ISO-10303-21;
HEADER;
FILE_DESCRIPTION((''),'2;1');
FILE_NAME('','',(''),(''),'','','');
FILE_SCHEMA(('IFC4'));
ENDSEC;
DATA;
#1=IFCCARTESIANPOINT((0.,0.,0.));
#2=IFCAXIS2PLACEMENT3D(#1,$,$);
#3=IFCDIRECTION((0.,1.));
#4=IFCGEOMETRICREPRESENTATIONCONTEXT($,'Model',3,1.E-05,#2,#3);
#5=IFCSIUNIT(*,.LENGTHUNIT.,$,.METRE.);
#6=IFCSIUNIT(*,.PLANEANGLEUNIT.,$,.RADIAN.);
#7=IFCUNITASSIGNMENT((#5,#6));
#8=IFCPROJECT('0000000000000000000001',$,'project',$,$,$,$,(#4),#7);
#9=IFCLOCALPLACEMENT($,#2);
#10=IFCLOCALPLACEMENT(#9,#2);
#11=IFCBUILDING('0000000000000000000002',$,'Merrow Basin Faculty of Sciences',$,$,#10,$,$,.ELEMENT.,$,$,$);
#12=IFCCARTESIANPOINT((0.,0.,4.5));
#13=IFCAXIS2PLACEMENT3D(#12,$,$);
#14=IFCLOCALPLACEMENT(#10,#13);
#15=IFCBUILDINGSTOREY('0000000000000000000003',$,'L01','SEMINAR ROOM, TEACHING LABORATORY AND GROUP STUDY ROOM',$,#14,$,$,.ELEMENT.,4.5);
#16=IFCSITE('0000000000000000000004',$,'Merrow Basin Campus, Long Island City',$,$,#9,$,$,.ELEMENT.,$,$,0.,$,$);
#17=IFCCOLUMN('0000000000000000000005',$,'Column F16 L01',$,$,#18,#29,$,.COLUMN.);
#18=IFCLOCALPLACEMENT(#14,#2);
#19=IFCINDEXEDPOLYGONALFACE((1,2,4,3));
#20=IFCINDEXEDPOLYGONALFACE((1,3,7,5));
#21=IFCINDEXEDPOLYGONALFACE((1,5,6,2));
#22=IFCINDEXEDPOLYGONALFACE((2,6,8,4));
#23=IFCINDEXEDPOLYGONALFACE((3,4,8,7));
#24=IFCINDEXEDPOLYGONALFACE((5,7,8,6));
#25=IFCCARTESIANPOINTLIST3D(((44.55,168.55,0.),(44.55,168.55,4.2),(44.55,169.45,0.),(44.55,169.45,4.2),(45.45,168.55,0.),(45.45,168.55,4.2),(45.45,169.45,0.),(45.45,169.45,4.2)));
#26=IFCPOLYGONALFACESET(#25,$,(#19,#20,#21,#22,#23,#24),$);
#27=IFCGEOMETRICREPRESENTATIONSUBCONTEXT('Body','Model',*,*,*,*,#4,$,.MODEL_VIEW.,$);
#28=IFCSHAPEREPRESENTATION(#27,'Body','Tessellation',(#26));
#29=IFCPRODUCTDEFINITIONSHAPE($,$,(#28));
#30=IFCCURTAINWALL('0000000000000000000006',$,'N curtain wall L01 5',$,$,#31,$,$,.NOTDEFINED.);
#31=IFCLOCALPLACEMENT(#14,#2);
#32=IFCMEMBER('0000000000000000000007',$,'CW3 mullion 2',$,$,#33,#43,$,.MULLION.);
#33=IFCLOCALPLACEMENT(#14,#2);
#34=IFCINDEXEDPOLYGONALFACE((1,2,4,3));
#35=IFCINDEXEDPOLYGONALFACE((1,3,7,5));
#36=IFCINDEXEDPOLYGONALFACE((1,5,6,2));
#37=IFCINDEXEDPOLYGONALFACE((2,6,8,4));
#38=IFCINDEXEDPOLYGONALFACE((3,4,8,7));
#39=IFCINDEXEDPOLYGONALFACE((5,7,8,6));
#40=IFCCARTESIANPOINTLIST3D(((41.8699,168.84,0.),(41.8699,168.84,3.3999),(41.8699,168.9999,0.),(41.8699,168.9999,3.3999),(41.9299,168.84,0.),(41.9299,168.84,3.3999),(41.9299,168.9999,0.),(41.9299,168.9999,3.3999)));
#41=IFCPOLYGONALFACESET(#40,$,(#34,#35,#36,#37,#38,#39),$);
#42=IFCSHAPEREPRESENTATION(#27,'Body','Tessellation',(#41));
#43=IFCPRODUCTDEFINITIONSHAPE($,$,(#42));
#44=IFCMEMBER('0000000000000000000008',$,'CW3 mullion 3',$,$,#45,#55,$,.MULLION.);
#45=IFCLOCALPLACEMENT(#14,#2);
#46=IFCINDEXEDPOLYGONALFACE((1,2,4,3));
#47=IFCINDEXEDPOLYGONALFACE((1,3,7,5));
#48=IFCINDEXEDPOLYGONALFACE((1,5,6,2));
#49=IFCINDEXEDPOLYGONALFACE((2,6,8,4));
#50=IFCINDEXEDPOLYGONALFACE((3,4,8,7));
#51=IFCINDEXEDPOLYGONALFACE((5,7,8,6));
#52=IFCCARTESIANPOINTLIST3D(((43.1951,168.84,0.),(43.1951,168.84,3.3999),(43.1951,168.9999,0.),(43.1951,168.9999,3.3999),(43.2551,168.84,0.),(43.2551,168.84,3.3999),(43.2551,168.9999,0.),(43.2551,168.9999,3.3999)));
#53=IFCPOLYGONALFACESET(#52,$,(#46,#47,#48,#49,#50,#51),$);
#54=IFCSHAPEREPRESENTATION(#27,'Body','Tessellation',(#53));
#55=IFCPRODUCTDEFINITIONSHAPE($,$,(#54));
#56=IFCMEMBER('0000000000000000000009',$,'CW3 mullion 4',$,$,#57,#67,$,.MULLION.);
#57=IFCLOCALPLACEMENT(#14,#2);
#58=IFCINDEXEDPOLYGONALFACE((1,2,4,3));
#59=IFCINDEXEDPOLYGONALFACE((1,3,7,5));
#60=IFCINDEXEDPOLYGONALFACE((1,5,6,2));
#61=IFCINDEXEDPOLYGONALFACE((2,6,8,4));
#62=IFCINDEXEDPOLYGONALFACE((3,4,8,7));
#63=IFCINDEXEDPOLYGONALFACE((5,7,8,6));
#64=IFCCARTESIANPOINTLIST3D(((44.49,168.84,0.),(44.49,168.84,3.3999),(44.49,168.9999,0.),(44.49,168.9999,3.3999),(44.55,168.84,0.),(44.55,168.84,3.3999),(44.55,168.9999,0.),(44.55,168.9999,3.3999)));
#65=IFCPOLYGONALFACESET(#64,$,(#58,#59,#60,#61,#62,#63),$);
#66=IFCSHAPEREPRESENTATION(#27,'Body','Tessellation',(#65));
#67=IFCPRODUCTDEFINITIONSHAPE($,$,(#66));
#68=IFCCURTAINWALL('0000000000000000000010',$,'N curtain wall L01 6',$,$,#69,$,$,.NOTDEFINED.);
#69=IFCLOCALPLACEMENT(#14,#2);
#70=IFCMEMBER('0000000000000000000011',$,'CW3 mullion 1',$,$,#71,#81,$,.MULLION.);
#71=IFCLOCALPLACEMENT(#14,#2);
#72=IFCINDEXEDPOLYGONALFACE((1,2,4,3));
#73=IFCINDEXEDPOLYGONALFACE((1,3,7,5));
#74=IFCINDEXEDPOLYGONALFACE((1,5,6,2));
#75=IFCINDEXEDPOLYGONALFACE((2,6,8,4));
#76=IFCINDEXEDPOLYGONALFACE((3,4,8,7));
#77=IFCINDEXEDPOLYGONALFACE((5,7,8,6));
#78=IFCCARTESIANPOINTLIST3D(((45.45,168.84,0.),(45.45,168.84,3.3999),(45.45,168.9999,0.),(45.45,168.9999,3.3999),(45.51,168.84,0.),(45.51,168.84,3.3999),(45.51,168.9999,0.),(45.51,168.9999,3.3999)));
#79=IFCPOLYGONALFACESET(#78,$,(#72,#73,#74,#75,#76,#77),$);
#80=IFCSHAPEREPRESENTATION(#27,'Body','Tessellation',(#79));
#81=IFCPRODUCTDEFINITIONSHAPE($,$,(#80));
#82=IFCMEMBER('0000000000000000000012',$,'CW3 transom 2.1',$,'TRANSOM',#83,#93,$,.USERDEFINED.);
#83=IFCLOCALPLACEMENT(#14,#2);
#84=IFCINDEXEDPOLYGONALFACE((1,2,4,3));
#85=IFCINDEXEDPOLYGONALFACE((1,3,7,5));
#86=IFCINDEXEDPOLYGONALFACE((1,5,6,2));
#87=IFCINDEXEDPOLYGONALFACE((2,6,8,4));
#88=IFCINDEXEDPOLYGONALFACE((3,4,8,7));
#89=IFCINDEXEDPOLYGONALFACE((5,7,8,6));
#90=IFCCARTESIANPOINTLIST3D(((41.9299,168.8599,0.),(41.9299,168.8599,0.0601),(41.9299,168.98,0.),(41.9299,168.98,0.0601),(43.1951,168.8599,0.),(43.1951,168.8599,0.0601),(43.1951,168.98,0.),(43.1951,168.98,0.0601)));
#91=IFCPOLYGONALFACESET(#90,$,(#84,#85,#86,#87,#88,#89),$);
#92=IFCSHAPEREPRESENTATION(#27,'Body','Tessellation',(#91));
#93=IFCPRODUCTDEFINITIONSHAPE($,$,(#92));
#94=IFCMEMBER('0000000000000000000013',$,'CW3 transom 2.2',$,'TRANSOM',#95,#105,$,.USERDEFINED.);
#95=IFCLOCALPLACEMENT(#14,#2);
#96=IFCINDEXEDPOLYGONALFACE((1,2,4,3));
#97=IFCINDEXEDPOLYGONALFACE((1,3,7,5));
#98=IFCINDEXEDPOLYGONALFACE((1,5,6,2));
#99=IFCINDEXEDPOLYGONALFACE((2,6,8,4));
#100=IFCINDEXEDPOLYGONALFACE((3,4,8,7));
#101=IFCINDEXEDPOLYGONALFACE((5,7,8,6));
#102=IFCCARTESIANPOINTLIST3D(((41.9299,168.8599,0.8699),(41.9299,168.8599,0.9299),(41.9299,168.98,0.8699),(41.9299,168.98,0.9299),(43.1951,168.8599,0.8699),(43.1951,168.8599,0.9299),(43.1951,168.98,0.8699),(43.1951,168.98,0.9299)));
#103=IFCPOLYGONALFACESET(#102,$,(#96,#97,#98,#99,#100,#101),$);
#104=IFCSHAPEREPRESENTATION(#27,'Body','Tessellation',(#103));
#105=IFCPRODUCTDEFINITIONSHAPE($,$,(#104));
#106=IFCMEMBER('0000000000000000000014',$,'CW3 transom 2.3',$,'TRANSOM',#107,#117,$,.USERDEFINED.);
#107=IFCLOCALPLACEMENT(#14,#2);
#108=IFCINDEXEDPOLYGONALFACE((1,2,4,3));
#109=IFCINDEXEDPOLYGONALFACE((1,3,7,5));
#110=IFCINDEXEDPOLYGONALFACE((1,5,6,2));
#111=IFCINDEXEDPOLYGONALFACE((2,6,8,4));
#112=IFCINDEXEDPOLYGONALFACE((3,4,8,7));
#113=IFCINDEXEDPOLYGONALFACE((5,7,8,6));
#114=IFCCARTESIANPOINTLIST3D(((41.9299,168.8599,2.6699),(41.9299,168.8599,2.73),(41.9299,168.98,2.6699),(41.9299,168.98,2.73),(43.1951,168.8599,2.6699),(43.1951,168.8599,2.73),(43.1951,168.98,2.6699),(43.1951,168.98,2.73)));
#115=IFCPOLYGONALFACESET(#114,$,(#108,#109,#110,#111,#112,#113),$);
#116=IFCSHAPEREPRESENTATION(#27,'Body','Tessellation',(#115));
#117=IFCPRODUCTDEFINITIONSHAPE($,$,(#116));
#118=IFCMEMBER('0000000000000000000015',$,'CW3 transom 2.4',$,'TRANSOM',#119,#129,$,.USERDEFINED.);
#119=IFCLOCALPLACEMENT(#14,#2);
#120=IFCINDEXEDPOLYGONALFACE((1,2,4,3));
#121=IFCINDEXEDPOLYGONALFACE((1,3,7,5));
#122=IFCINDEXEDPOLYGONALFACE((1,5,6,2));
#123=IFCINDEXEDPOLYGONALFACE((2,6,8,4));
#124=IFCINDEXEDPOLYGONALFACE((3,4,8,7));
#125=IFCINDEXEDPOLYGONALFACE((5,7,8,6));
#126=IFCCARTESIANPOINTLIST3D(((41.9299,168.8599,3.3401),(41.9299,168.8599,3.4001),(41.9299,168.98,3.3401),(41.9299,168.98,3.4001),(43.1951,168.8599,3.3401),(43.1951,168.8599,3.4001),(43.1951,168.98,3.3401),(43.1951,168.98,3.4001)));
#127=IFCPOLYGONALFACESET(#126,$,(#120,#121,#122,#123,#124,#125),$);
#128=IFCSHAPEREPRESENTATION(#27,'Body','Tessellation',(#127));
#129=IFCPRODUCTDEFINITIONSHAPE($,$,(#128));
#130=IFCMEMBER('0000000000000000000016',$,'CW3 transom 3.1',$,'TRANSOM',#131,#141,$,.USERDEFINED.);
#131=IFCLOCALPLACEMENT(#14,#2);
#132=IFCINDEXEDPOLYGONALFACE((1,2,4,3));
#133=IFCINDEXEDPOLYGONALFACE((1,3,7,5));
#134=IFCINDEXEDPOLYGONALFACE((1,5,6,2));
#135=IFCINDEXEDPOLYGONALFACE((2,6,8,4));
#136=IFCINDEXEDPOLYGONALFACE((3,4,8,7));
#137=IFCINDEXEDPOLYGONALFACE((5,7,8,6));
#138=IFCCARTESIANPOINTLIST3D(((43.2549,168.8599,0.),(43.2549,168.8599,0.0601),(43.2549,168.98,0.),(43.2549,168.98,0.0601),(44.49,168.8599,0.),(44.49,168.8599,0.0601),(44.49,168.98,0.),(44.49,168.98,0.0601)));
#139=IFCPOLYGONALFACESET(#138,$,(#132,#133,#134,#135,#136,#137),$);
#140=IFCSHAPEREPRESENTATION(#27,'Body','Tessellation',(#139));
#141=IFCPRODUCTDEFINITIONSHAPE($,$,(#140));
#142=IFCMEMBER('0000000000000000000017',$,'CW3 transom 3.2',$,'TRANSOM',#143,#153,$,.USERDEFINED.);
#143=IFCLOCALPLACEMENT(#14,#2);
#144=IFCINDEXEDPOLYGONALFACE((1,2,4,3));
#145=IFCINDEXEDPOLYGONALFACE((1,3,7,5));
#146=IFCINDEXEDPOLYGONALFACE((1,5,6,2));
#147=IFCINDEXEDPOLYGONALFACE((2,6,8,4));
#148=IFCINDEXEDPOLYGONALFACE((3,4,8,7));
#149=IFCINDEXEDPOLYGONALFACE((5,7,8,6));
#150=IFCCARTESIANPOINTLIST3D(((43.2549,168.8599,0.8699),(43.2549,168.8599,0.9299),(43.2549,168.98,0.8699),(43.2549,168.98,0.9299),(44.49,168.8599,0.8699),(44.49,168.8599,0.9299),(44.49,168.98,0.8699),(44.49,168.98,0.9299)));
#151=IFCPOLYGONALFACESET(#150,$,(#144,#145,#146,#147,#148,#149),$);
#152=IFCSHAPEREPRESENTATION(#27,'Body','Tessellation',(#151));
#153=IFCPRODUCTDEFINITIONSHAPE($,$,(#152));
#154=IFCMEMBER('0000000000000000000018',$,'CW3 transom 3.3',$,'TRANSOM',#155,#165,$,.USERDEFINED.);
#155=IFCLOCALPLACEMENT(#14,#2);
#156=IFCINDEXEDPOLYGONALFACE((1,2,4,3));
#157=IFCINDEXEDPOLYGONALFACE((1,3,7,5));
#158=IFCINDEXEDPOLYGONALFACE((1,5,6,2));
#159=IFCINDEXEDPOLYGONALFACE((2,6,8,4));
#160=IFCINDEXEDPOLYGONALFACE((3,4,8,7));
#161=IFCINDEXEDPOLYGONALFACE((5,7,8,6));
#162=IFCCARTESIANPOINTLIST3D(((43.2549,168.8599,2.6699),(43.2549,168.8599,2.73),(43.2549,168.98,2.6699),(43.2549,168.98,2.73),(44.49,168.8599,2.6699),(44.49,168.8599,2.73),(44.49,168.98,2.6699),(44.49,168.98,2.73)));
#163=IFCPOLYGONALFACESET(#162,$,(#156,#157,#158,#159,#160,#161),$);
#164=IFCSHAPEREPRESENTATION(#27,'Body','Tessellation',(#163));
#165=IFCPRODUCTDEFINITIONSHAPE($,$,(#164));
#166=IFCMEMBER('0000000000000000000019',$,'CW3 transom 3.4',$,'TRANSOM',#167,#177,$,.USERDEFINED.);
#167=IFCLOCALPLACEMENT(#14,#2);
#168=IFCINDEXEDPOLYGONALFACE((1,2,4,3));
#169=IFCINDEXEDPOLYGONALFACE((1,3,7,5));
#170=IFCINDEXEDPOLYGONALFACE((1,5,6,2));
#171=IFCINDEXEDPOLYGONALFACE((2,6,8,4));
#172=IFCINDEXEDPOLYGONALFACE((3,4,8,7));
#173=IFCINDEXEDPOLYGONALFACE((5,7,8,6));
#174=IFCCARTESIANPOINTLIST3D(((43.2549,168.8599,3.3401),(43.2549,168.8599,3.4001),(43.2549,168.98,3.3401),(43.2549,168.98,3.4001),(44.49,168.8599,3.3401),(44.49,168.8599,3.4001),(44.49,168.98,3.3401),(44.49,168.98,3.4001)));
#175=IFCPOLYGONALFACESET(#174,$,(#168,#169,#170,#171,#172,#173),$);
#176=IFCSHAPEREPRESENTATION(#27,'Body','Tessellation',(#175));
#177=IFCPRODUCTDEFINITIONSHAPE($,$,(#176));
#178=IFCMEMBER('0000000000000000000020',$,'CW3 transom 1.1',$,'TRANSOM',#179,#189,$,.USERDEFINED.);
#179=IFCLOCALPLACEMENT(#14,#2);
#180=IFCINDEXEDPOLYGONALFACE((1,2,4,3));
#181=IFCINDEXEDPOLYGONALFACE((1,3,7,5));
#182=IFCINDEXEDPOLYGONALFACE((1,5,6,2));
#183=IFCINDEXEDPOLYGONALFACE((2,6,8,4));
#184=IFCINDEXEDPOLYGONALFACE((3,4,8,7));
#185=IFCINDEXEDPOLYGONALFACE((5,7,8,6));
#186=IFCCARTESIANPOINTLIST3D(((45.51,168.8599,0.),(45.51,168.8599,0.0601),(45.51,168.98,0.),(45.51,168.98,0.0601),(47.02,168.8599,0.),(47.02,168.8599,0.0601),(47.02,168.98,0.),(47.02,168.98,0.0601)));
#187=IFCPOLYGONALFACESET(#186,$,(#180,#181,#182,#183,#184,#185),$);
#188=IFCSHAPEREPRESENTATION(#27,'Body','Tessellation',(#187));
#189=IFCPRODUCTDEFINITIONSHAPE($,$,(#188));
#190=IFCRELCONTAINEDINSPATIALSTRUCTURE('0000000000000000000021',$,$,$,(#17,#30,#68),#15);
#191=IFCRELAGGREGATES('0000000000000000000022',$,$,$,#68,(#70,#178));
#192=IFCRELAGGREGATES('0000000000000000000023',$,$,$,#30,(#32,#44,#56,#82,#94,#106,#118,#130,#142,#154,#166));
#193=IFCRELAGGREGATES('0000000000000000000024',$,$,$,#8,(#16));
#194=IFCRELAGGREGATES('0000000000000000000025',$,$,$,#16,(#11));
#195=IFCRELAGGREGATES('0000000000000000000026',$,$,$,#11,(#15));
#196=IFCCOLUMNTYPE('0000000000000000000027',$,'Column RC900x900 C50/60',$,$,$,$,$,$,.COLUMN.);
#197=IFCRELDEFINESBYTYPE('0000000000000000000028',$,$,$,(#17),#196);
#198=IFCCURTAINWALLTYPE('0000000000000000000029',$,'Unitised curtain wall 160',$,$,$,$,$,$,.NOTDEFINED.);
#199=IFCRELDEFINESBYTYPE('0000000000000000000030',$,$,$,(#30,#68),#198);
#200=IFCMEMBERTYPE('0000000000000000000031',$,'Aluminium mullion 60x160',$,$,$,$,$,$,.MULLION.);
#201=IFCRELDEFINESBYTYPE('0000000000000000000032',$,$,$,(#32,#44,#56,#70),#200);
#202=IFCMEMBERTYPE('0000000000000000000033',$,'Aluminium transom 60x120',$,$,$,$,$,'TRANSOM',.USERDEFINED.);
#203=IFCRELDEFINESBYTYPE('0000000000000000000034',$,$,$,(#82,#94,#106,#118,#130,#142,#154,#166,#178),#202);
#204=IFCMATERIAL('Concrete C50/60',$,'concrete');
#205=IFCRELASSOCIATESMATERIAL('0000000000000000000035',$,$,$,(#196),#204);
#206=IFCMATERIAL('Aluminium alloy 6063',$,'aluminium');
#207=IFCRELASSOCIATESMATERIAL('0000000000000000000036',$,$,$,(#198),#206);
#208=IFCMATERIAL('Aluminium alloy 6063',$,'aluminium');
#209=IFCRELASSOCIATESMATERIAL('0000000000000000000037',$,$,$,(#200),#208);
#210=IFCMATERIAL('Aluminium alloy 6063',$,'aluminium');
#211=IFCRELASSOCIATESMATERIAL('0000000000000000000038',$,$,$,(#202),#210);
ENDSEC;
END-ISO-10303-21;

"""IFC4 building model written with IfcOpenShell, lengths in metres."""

from ifc_helpers import new_model, si_unit, direction, frame, origin, origin_2d, place, context, subcontext, project, spatial, rectangle, extrude, material, material_profile, profile_set, type_object, element, aggregate, save


model = new_model("IFC4")

# Units and contexts
model_context = context("Model", 3, precision=1e-05, world=origin(), true_north=direction((0.0, 1.0)))
body_context = subcontext(model_context, "Body", "Model", "MODEL_VIEW")
ifc_project = project(units=[si_unit("LENGTHUNIT", "METRE"), si_unit("PLANEANGLEUNIT", "RADIAN")], contexts=[model_context])

# Site, building, storey
site_placement = place(None, origin())
site = spatial("IfcSite", under=ifc_project, at=site_placement, Name="Merrow Basin Campus, Long Island City", CompositionType="ELEMENT", RefElevation=0.0)
building_placement = place(site_placement, origin())
building = spatial("IfcBuilding", under=site, at=building_placement, Name="Merrow Basin Faculty of Sciences", CompositionType="ELEMENT")
storey_placement = place(building_placement, frame((0.0, 0.0, 4.5)))
storey = spatial("IfcBuildingStorey", under=building, at=storey_placement, Name="L01", Description="SEMINAR ROOM, TEACHING LABORATORY AND GROUP STUDY ROOM", CompositionType="ELEMENT", Elevation=4.5)

# Column
ifc_material_1 = material(Name="Concrete C50/60", Category="concrete")
ifc_material_profile_1 = material_profile(ifc_material_1, rectangle(XDim=0.8999, YDim=0.8999, at=origin_2d()))
ifc_profile_set_1 = profile_set([ifc_material_profile_1], Name="Concrete C50/60")
column_type = type_object("IfcColumnType", Name="Column RC900x900 C50/60", PredefinedType="COLUMN", material=ifc_profile_set_1)
column_placement = place(storey_placement, frame((45.0, 169.0, 0.0), z_axis=(0.0, 0.0, 1.0), x_axis=(1.0, 0.0, 0.0)))
element("IfcColumn", 1, at=column_placement, inside=storey, type_object=column_type, Name="Column F16 L01", PredefinedType="COLUMN", context=body_context, shape_type="SweptSolid", body=[
    extrude(rectangle(XDim=0.8999, YDim=0.8999, at=origin_2d()), origin(), (0.0, 0.0, 1.0), 4.2),
])

# Curtain wall, members
ifc_material_2 = material(Name="Aluminium alloy 6063", Category="aluminium")
curtain_wall_type = type_object("IfcCurtainWallType", Name="Unitised curtain wall 160", PredefinedType="NOTDEFINED", material=ifc_material_2)
curtain_wall_1_placement = place(storey_placement, origin())
curtain_wall_1 = element("IfcCurtainWall", 2, at=curtain_wall_1_placement, inside=storey, type_object=curtain_wall_type, Name="N curtain wall L01 5", PredefinedType="NOTDEFINED")
ifc_material_3 = material(Name="Aluminium alloy 6063", Category="aluminium")
ifc_material_profile_2 = material_profile(ifc_material_3, rectangle(XDim=0.1599, YDim=0.0601, at=origin_2d()))
ifc_profile_set_2 = profile_set([ifc_material_profile_2], Name="Aluminium alloy 6063")
member_type_1 = type_object("IfcMemberType", Name="Aluminium mullion 60x160", PredefinedType="MULLION", material=ifc_profile_set_2)
member_1_placement = place(storey_placement, frame((41.8999, 168.9199, 0.0), z_axis=(0.0, 0.0, 1.0), x_axis=(0.0, 1.0, 0.0)))
member_1 = element("IfcMember", 3, at=member_1_placement, type_object=member_type_1, Name="CW3 mullion 2", PredefinedType="MULLION", context=body_context, shape_type="SweptSolid", body=[
    extrude(rectangle(XDim=0.1599, YDim=0.0601, at=origin_2d()), origin(), (0.0, 0.0, 1.0), 3.3999),
])
member_2_placement = place(storey_placement, frame((43.2251, 168.9199, 0.0), z_axis=(0.0, 0.0, 1.0), x_axis=(0.0, 1.0, 0.0)))
member_2 = element("IfcMember", 4, at=member_2_placement, type_object=member_type_1, Name="CW3 mullion 3", PredefinedType="MULLION", context=body_context, shape_type="SweptSolid", body=[
    extrude(rectangle(XDim=0.1599, YDim=0.0601, at=origin_2d()), origin(), (0.0, 0.0, 1.0), 3.3999),
])
member_3_placement = place(storey_placement, frame((44.52, 168.9199, 0.0), z_axis=(0.0, 0.0, 1.0), x_axis=(0.0, 1.0, 0.0)))
member_3 = element("IfcMember", 5, at=member_3_placement, type_object=member_type_1, Name="CW3 mullion 4", PredefinedType="MULLION", context=body_context, shape_type="SweptSolid", body=[
    extrude(rectangle(XDim=0.1599, YDim=0.0601, at=origin_2d()), origin(), (0.0, 0.0, 1.0), 3.3999),
])

# Curtain wall, member
curtain_wall_2_placement = place(storey_placement, origin())
curtain_wall_2 = element("IfcCurtainWall", 6, at=curtain_wall_2_placement, inside=storey, type_object=curtain_wall_type, Name="N curtain wall L01 6", PredefinedType="NOTDEFINED")
member_4_placement = place(storey_placement, frame((45.48, 168.9199, 0.0), z_axis=(0.0, 0.0, 1.0), x_axis=(0.0, 1.0, 0.0)))
member_4 = element("IfcMember", 7, at=member_4_placement, type_object=member_type_1, Name="CW3 mullion 1", PredefinedType="MULLION", context=body_context, shape_type="SweptSolid", body=[
    extrude(rectangle(XDim=0.1599, YDim=0.0601, at=origin_2d()), origin(), (0.0, 0.0, 1.0), 3.3999),
])

# Members
ifc_material_4 = material(Name="Aluminium alloy 6063", Category="aluminium")
ifc_material_profile_3 = material_profile(ifc_material_4, rectangle(XDim=0.1201, YDim=0.0601, at=origin_2d()))
ifc_profile_set_3 = profile_set([ifc_material_profile_3], Name="Aluminium alloy 6063")
member_type_2 = type_object("IfcMemberType", Name="Aluminium transom 60x120", ElementType="TRANSOM", PredefinedType="USERDEFINED", material=ifc_profile_set_3)
member_5_placement = place(storey_placement, frame((41.9299, 168.9199, 0.03), z_axis=(1.0, 0.0, 0.0), x_axis=(0.0, 1.0, 0.0)))
member_5 = element("IfcMember", 8, at=member_5_placement, type_object=member_type_2, Name="CW3 transom 2.1", ObjectType="TRANSOM", PredefinedType="USERDEFINED", context=body_context, shape_type="SweptSolid", body=[
    extrude(rectangle(XDim=0.1201, YDim=0.0601, at=origin_2d()), origin(), (0.0, 0.0, 1.0), 1.2651),
])
member_6_placement = place(storey_placement, frame((41.9299, 168.9199, 0.8999), z_axis=(1.0, 0.0, 0.0), x_axis=(0.0, 1.0, 0.0)))
member_6 = element("IfcMember", 9, at=member_6_placement, type_object=member_type_2, Name="CW3 transom 2.2", ObjectType="TRANSOM", PredefinedType="USERDEFINED", context=body_context, shape_type="SweptSolid", body=[
    extrude(rectangle(XDim=0.1201, YDim=0.0601, at=origin_2d()), origin(), (0.0, 0.0, 1.0), 1.2651),
])
member_7_placement = place(storey_placement, frame((41.9299, 168.9199, 2.7), z_axis=(1.0, 0.0, 0.0), x_axis=(0.0, 1.0, 0.0)))
member_7 = element("IfcMember", 10, at=member_7_placement, type_object=member_type_2, Name="CW3 transom 2.3", ObjectType="TRANSOM", PredefinedType="USERDEFINED", context=body_context, shape_type="SweptSolid", body=[
    extrude(rectangle(XDim=0.1201, YDim=0.0601, at=origin_2d()), origin(), (0.0, 0.0, 1.0), 1.2651),
])
member_8_placement = place(storey_placement, frame((41.9299, 168.9199, 3.3701), z_axis=(1.0, 0.0, 0.0), x_axis=(0.0, 1.0, 0.0)))
member_8 = element("IfcMember", 11, at=member_8_placement, type_object=member_type_2, Name="CW3 transom 2.4", ObjectType="TRANSOM", PredefinedType="USERDEFINED", context=body_context, shape_type="SweptSolid", body=[
    extrude(rectangle(XDim=0.1201, YDim=0.0601, at=origin_2d()), origin(), (0.0, 0.0, 1.0), 1.2651),
])
member_9_placement = place(storey_placement, frame((43.2549, 168.9199, 0.03), z_axis=(1.0, 0.0, 0.0), x_axis=(0.0, 1.0, 0.0)))
member_9 = element("IfcMember", 12, at=member_9_placement, type_object=member_type_2, Name="CW3 transom 3.1", ObjectType="TRANSOM", PredefinedType="USERDEFINED", context=body_context, shape_type="SweptSolid", body=[
    extrude(rectangle(XDim=0.1201, YDim=0.0601, at=origin_2d()), origin(), (0.0, 0.0, 1.0), 1.2351),
])
member_10_placement = place(storey_placement, frame((43.2549, 168.9199, 0.8999), z_axis=(1.0, 0.0, 0.0), x_axis=(0.0, 1.0, 0.0)))
member_10 = element("IfcMember", 13, at=member_10_placement, type_object=member_type_2, Name="CW3 transom 3.2", ObjectType="TRANSOM", PredefinedType="USERDEFINED", context=body_context, shape_type="SweptSolid", body=[
    extrude(rectangle(XDim=0.1201, YDim=0.0601, at=origin_2d()), origin(), (0.0, 0.0, 1.0), 1.2351),
])
member_11_placement = place(storey_placement, frame((43.2549, 168.9199, 2.7), z_axis=(1.0, 0.0, 0.0), x_axis=(0.0, 1.0, 0.0)))
member_11 = element("IfcMember", 14, at=member_11_placement, type_object=member_type_2, Name="CW3 transom 3.3", ObjectType="TRANSOM", PredefinedType="USERDEFINED", context=body_context, shape_type="SweptSolid", body=[
    extrude(rectangle(XDim=0.1201, YDim=0.0601, at=origin_2d()), origin(), (0.0, 0.0, 1.0), 1.2351),
])
member_12_placement = place(storey_placement, frame((43.2549, 168.9199, 3.3701), z_axis=(1.0, 0.0, 0.0), x_axis=(0.0, 1.0, 0.0)))
member_12 = element("IfcMember", 15, at=member_12_placement, type_object=member_type_2, Name="CW3 transom 3.4", ObjectType="TRANSOM", PredefinedType="USERDEFINED", context=body_context, shape_type="SweptSolid", body=[
    extrude(rectangle(XDim=0.1201, YDim=0.0601, at=origin_2d()), origin(), (0.0, 0.0, 1.0), 1.2351),
])
member_13_placement = place(storey_placement, frame((45.51, 168.9199, 0.03), z_axis=(1.0, 0.0, 0.0), x_axis=(0.0, 1.0, 0.0)))
member_13 = element("IfcMember", 16, at=member_13_placement, type_object=member_type_2, Name="CW3 transom 1.1", ObjectType="TRANSOM", PredefinedType="USERDEFINED", context=body_context, shape_type="SweptSolid", body=[
    extrude(rectangle(XDim=0.1201, YDim=0.0601, at=origin_2d()), origin(), (0.0, 0.0, 1.0), 1.51),
])
aggregate(curtain_wall_2, [member_4, member_13])

aggregate(curtain_wall_1, [member_1, member_2, member_3, member_5, member_6, member_7, member_8, member_9, member_10, member_11, member_12])

save(model, "model.ifc")
